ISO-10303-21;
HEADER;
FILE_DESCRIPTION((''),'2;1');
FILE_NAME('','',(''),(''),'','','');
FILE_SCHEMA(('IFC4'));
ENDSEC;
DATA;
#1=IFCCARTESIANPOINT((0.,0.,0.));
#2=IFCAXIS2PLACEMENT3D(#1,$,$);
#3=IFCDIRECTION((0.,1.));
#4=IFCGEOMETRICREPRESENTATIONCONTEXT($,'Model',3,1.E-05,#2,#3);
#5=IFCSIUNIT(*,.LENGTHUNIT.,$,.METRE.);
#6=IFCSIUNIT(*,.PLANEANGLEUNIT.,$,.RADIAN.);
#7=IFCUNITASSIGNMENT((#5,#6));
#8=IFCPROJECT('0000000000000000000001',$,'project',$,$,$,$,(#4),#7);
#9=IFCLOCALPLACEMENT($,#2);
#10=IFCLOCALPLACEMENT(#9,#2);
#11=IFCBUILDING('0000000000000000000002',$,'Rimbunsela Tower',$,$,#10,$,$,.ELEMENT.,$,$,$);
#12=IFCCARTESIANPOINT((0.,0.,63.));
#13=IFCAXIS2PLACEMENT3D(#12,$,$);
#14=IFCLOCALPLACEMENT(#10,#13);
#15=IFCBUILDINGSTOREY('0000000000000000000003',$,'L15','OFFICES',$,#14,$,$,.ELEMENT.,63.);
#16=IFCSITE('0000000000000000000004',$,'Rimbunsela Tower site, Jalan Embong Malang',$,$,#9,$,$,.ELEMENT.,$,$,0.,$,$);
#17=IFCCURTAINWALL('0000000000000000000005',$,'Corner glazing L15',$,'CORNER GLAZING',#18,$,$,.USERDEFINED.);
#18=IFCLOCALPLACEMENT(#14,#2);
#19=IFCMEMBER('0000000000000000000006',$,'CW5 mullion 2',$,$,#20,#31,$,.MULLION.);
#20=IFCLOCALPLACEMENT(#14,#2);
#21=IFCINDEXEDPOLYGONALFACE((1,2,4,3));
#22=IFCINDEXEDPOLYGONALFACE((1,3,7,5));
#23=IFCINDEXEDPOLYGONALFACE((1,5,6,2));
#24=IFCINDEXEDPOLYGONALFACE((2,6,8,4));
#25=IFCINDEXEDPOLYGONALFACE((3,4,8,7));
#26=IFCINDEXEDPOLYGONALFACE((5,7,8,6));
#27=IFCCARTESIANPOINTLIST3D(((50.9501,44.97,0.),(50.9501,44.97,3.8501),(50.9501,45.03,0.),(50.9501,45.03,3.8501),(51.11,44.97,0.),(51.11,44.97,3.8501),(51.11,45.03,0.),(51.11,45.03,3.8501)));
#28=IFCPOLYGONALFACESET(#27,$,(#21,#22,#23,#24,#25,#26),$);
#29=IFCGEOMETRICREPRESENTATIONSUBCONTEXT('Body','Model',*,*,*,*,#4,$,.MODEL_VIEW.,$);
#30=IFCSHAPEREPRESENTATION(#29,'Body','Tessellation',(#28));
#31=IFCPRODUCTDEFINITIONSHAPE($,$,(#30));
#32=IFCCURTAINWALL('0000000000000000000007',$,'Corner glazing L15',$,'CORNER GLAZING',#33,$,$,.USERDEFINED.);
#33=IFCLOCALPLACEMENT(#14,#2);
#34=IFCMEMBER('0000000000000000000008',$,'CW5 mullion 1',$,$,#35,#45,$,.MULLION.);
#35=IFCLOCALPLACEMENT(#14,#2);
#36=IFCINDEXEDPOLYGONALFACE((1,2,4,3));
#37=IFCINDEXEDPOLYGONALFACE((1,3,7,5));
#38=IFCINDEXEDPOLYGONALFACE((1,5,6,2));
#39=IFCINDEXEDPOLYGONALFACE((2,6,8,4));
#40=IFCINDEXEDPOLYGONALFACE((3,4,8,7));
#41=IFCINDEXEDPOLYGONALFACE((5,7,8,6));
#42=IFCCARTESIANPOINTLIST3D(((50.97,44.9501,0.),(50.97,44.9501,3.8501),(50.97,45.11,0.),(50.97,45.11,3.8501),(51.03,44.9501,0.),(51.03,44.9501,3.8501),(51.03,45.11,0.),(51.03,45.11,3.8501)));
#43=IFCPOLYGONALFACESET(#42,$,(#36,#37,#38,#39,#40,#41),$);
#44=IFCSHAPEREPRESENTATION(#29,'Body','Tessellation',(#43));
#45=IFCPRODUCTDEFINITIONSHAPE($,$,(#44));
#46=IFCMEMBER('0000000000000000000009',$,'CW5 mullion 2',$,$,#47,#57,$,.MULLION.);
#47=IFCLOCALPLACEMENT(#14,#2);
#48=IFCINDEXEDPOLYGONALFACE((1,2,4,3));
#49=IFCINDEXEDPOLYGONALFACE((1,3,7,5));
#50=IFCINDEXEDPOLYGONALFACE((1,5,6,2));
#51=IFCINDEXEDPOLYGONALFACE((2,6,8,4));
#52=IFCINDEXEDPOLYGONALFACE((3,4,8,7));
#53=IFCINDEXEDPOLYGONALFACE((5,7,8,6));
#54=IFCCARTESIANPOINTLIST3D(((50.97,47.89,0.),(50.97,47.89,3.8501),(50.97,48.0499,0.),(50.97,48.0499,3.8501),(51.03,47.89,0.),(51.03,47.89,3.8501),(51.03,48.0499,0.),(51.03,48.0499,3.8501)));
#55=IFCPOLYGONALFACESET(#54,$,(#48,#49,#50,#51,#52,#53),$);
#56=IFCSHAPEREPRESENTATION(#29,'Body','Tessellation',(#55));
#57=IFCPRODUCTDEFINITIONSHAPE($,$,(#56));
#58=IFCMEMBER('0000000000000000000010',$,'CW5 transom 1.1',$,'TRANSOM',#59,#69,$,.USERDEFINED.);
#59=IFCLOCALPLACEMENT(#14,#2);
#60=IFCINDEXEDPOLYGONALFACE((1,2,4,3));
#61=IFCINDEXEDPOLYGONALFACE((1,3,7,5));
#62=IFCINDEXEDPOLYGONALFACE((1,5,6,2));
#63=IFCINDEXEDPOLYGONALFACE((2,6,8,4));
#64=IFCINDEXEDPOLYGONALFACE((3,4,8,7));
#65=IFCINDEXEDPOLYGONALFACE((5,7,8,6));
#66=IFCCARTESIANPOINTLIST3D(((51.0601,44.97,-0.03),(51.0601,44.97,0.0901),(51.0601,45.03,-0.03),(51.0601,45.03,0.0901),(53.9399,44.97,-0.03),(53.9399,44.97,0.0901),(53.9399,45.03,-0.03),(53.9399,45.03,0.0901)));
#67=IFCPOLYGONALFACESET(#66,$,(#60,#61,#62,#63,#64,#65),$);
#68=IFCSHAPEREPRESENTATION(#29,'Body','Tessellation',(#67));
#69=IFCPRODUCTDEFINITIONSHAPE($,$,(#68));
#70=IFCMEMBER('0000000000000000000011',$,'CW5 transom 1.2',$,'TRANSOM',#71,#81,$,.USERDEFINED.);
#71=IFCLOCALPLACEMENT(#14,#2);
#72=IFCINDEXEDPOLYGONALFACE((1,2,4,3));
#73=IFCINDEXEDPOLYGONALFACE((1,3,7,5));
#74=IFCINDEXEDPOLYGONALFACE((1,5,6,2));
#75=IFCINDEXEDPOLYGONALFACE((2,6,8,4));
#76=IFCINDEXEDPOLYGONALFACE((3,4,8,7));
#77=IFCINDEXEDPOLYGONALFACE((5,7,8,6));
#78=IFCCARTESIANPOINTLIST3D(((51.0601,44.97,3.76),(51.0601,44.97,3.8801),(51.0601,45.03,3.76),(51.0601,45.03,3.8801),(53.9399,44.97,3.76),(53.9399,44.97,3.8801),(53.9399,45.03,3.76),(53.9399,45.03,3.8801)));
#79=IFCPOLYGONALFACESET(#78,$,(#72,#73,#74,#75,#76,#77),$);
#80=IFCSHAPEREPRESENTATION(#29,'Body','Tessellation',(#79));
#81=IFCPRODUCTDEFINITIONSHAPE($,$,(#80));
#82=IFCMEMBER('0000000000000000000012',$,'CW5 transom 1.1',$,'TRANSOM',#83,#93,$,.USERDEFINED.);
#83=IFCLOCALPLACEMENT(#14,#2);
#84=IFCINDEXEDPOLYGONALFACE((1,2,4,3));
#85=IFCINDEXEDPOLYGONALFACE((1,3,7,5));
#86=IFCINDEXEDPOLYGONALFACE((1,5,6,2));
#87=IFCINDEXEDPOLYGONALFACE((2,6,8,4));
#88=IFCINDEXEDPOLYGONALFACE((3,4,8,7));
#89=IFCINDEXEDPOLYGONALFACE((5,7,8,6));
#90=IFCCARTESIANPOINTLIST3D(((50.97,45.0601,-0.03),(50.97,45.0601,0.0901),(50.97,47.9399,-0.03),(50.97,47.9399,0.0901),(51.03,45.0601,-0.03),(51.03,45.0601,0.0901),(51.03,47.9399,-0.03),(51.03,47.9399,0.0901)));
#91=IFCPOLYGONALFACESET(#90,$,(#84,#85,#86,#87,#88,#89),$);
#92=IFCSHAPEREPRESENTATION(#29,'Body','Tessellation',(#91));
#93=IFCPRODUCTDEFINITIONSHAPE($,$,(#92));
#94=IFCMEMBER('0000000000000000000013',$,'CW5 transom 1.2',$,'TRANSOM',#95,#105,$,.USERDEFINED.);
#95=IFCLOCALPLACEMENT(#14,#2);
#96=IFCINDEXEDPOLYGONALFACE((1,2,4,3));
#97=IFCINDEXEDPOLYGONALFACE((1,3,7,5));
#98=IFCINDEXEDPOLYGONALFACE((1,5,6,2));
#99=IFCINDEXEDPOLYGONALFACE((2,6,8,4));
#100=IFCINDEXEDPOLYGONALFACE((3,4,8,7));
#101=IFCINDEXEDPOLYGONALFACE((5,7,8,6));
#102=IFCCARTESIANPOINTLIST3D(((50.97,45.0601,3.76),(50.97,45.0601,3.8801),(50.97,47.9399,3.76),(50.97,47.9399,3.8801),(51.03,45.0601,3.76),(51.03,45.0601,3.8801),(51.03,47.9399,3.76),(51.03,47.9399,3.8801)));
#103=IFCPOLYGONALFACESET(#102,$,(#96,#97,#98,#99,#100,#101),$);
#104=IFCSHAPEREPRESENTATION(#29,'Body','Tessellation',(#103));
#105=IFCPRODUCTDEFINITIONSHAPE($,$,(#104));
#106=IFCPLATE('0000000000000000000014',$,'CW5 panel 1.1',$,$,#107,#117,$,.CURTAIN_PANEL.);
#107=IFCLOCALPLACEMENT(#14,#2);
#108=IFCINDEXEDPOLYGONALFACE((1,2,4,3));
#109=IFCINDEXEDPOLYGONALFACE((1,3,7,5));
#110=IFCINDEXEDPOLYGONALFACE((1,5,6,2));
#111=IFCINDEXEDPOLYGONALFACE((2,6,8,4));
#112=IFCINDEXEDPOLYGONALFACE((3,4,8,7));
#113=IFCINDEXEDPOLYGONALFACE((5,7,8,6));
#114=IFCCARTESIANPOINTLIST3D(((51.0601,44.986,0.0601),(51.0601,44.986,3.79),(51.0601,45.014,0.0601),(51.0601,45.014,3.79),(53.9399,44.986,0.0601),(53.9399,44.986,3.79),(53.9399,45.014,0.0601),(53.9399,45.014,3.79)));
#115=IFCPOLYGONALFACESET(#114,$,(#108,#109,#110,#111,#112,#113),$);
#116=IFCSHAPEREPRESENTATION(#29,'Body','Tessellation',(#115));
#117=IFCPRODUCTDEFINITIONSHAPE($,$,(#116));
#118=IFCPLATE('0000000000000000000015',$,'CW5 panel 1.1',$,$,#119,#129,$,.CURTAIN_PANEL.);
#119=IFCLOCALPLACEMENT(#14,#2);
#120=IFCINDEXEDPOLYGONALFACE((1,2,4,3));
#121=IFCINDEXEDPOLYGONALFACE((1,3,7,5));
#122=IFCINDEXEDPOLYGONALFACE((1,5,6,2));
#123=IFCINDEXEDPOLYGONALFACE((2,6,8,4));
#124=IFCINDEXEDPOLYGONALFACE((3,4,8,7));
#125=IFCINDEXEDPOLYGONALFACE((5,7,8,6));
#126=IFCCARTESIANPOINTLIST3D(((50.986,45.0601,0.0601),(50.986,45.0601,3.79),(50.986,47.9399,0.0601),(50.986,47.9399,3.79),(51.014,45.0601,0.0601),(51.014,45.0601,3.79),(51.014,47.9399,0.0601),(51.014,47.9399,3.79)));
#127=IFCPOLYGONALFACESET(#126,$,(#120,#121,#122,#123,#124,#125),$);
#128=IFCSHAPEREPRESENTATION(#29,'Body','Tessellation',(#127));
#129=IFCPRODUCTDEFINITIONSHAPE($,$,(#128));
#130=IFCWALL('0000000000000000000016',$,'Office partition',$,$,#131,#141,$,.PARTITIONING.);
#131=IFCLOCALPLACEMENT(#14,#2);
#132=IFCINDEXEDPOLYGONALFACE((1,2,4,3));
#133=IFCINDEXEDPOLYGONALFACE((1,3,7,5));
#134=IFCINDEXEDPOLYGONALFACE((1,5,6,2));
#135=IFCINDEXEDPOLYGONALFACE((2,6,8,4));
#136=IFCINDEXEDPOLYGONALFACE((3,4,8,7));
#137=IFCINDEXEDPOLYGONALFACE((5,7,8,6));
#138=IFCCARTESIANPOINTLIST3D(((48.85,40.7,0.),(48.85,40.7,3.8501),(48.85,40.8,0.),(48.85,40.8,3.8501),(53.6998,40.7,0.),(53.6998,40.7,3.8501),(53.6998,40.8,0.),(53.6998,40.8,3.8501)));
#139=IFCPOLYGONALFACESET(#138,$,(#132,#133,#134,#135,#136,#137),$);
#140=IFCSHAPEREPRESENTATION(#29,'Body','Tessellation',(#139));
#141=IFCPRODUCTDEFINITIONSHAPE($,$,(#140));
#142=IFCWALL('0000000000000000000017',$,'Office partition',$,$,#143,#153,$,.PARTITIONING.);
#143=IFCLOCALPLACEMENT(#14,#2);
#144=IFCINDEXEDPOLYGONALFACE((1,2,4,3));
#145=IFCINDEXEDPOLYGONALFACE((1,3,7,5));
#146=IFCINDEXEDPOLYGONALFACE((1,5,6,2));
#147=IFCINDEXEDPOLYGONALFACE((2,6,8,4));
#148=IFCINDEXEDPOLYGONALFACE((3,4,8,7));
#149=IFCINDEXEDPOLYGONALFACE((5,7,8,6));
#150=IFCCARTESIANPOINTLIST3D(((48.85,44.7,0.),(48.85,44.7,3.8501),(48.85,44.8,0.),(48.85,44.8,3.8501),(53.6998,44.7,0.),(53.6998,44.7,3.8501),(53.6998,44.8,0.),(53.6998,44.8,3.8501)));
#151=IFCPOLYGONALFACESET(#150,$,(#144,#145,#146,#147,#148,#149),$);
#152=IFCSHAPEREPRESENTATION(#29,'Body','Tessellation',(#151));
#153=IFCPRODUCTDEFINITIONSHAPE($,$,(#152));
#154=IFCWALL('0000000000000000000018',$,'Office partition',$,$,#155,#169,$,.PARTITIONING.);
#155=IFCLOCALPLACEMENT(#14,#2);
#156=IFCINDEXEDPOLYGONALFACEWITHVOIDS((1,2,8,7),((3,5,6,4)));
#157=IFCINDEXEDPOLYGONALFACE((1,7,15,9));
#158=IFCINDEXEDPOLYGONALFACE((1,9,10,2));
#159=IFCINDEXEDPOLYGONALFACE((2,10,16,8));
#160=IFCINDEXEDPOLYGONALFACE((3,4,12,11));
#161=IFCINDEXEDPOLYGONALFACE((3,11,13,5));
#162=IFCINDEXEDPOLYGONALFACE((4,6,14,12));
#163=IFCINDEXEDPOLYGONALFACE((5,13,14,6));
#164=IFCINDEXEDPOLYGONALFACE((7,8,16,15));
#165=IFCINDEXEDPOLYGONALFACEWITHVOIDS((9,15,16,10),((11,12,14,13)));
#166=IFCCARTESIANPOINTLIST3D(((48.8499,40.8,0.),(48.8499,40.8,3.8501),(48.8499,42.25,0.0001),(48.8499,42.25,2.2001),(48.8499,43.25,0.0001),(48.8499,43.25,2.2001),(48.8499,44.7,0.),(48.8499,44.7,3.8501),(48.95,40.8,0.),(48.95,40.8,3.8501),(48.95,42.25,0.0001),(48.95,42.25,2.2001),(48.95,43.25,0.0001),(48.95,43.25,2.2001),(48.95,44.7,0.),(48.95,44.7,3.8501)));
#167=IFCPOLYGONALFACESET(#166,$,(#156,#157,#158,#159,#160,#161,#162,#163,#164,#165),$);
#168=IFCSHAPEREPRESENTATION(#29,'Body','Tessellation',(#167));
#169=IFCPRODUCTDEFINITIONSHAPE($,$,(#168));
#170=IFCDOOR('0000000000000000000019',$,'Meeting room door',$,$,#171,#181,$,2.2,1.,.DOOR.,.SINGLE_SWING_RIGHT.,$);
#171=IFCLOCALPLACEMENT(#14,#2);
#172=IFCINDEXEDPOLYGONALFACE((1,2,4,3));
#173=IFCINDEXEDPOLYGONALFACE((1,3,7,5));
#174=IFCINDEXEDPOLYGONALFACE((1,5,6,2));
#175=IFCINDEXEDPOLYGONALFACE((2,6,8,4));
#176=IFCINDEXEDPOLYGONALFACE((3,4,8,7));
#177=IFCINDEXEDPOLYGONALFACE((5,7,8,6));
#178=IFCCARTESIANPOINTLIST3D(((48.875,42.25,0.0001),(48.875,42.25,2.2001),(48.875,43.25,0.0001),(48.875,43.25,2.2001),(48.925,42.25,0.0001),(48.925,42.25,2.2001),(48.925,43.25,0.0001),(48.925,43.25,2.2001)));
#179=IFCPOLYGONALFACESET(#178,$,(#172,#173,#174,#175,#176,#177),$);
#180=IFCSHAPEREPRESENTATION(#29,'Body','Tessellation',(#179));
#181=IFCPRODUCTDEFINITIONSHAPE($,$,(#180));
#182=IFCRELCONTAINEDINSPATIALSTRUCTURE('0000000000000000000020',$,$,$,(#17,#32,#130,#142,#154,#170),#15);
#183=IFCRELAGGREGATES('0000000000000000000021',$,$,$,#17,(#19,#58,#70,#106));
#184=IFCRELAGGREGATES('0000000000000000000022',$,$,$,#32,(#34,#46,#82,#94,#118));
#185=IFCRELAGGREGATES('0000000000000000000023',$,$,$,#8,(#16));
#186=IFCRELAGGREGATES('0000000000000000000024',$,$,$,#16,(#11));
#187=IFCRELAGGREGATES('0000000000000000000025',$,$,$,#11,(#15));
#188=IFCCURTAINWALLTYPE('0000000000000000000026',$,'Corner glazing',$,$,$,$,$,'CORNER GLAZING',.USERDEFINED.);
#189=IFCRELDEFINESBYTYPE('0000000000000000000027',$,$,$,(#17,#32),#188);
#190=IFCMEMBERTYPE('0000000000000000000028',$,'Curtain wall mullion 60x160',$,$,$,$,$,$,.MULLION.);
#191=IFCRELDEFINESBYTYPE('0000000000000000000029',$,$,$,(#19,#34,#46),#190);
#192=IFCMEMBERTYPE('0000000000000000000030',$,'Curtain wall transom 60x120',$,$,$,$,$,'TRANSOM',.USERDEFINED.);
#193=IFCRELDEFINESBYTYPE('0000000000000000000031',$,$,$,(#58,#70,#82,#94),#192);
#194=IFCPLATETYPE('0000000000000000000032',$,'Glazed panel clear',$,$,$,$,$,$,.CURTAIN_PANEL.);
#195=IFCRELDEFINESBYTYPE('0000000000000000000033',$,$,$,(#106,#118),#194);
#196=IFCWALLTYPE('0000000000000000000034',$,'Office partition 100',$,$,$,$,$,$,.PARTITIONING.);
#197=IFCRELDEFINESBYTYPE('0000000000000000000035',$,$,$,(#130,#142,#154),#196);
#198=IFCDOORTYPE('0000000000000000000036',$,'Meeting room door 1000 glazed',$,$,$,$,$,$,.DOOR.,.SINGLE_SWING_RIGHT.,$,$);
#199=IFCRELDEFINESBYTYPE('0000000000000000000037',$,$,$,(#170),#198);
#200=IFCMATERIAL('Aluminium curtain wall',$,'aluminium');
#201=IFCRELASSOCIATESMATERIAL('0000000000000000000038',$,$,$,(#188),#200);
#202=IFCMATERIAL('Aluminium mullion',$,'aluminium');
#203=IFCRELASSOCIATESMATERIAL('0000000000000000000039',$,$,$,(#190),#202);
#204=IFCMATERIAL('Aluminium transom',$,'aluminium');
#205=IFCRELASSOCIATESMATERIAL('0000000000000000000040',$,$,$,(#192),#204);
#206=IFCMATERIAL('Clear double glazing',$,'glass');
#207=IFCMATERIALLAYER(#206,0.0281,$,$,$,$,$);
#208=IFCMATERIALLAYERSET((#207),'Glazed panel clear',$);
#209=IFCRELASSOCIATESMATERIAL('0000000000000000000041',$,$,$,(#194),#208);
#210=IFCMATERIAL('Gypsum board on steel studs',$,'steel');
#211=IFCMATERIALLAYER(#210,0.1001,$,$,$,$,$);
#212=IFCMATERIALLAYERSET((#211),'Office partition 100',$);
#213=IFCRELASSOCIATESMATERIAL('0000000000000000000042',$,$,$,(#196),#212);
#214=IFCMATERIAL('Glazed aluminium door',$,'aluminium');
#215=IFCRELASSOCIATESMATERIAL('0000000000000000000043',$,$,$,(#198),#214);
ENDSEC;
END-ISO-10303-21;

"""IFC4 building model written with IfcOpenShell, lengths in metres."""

from ifc_helpers import new_model, si_unit, direction, frame, frame_2d, origin, origin_2d, place, context, subcontext, project, spatial, rectangle, extrude, material, layer, layer_set, material_profile, profile_set, type_object, element, fill, aggregate, save


model = new_model("IFC4")

# Units and contexts
model_context = context("Model", 3, precision=1e-05, world=origin(), true_north=direction((0.0, 1.0)))
body_context = subcontext(model_context, "Body", "Model", "MODEL_VIEW")
ifc_project = project(units=[si_unit("LENGTHUNIT", "METRE"), si_unit("PLANEANGLEUNIT", "RADIAN")], contexts=[model_context])

# Site, building, storey
site_placement = place(None, origin())
site = spatial("IfcSite", under=ifc_project, at=site_placement, Name="Rimbunsela Tower site, Jalan Embong Malang", CompositionType="ELEMENT", RefElevation=0.0)
building_placement = place(site_placement, origin())
building = spatial("IfcBuilding", under=site, at=building_placement, Name="Rimbunsela Tower", CompositionType="ELEMENT")
storey_placement = place(building_placement, frame((0.0, 0.0, 63.0)))
storey = spatial("IfcBuildingStorey", under=building, at=storey_placement, Name="L15", Description="OFFICES", CompositionType="ELEMENT", Elevation=63.0)

# Curtain walls, members
ifc_material_1 = material(Name="Aluminium curtain wall", Category="aluminium")
curtain_wall_type = type_object("IfcCurtainWallType", Name="Corner glazing", ElementType="CORNER GLAZING", PredefinedType="USERDEFINED", material=ifc_material_1)
curtain_wall_1_placement = place(storey_placement, origin())
curtain_wall_1 = element("IfcCurtainWall", 1, at=curtain_wall_1_placement, inside=storey, type_object=curtain_wall_type, Name="Corner glazing L15", ObjectType="CORNER GLAZING", PredefinedType="USERDEFINED")
ifc_material_2 = material(Name="Aluminium mullion", Category="aluminium")
ifc_material_profile_1 = material_profile(ifc_material_2, rectangle(XDim=0.0601, YDim=0.1599, at=origin_2d()), Name="Mullion 60x160")
ifc_profile_set_1 = profile_set([ifc_material_profile_1], Name="Aluminium mullion")
member_type_1 = type_object("IfcMemberType", Name="Curtain wall mullion 60x160", PredefinedType="MULLION", material=ifc_profile_set_1)
member_1_placement = place(storey_placement, frame((51.03, 45.0, 0.0), z_axis=(0.0, 0.0, 1.0), x_axis=(0.0, -1.0, 0.0)))
member_1 = element("IfcMember", 2, at=member_1_placement, type_object=member_type_1, Name="CW5 mullion 2", PredefinedType="MULLION", context=body_context, shape_type="SweptSolid", body=[
    extrude(rectangle(XDim=0.0601, YDim=0.1599, at=origin_2d()), origin(), (0.0, 0.0, 1.0), 3.8501),
])
curtain_wall_2_placement = place(storey_placement, origin())
curtain_wall_2 = element("IfcCurtainWall", 3, at=curtain_wall_2_placement, inside=storey, type_object=curtain_wall_type, Name="Corner glazing L15", ObjectType="CORNER GLAZING", PredefinedType="USERDEFINED")
member_2_placement = place(storey_placement, frame((51.0, 45.03, 0.0), z_axis=(0.0, 0.0, 1.0), x_axis=(-1.0, 0.0, 0.0)))
member_2 = element("IfcMember", 4, at=member_2_placement, type_object=member_type_1, Name="CW5 mullion 1", PredefinedType="MULLION", context=body_context, shape_type="SweptSolid", body=[
    extrude(rectangle(XDim=0.0601, YDim=0.1599, at=origin_2d()), origin(), (0.0, 0.0, 1.0), 3.8501),
])
member_3_placement = place(storey_placement, frame((51.0, 47.97, 0.0), z_axis=(0.0, 0.0, 1.0), x_axis=(-1.0, 0.0, 0.0)))
member_3 = element("IfcMember", 5, at=member_3_placement, type_object=member_type_1, Name="CW5 mullion 2", PredefinedType="MULLION", context=body_context, shape_type="SweptSolid", body=[
    extrude(rectangle(XDim=0.0601, YDim=0.1599, at=origin_2d()), origin(), (0.0, 0.0, 1.0), 3.8501),
])

# Members
ifc_material_3 = material(Name="Aluminium transom", Category="aluminium")
ifc_material_profile_2 = material_profile(ifc_material_3, rectangle(XDim=0.0601, YDim=0.1201, at=origin_2d()), Name="Transom 60x120")
ifc_profile_set_2 = profile_set([ifc_material_profile_2], Name="Aluminium transom")
member_type_2 = type_object("IfcMemberType", Name="Curtain wall transom 60x120", ElementType="TRANSOM", PredefinedType="USERDEFINED", material=ifc_profile_set_2)
member_4_placement = place(storey_placement, frame((53.9399, 45.0, 0.03), z_axis=(-1.0, 0.0, 0.0), x_axis=(0.0, -1.0, 0.0)))
member_4 = element("IfcMember", 6, at=member_4_placement, type_object=member_type_2, Name="CW5 transom 1.1", ObjectType="TRANSOM", PredefinedType="USERDEFINED", context=body_context, shape_type="SweptSolid", body=[
    extrude(rectangle(XDim=0.0601, YDim=0.1201, at=origin_2d()), origin(), (0.0, 0.0, 1.0), 2.8799),
])
member_5_placement = place(storey_placement, frame((53.9399, 45.0, 3.8201), z_axis=(-1.0, 0.0, 0.0), x_axis=(0.0, -1.0, 0.0)))
member_5 = element("IfcMember", 7, at=member_5_placement, type_object=member_type_2, Name="CW5 transom 1.2", ObjectType="TRANSOM", PredefinedType="USERDEFINED", context=body_context, shape_type="SweptSolid", body=[
    extrude(rectangle(XDim=0.0601, YDim=0.1201, at=origin_2d()), origin(), (0.0, 0.0, 1.0), 2.8799),
])
member_6_placement = place(storey_placement, frame((51.0, 45.0601, 0.03), z_axis=(0.0, 1.0, 0.0), x_axis=(-1.0, 0.0, 0.0)))
member_6 = element("IfcMember", 8, at=member_6_placement, type_object=member_type_2, Name="CW5 transom 1.1", ObjectType="TRANSOM", PredefinedType="USERDEFINED", context=body_context, shape_type="SweptSolid", body=[
    extrude(rectangle(XDim=0.0601, YDim=0.1201, at=origin_2d()), origin(), (0.0, 0.0, 1.0), 2.8799),
])
member_7_placement = place(storey_placement, frame((51.0, 45.0601, 3.8201), z_axis=(0.0, 1.0, 0.0), x_axis=(-1.0, 0.0, 0.0)))
member_7 = element("IfcMember", 9, at=member_7_placement, type_object=member_type_2, Name="CW5 transom 1.2", ObjectType="TRANSOM", PredefinedType="USERDEFINED", context=body_context, shape_type="SweptSolid", body=[
    extrude(rectangle(XDim=0.0601, YDim=0.1201, at=origin_2d()), origin(), (0.0, 0.0, 1.0), 2.8799),
])

# Plates
ifc_material_4 = material(Name="Clear double glazing", Category="glass")
ifc_layer_1 = layer(ifc_material_4, 0.0281)
ifc_layer_set_1 = layer_set([ifc_layer_1], Name="Glazed panel clear")
plate_type = type_object("IfcPlateType", Name="Glazed panel clear", PredefinedType="CURTAIN_PANEL", material=ifc_layer_set_1)
plate_1_placement = place(storey_placement, frame((52.5, 45.0, 0.0601), z_axis=(0.0, 0.0, 1.0), x_axis=(-1.0, 0.0, 0.0)))
plate_1 = element("IfcPlate", 10, at=plate_1_placement, type_object=plate_type, Name="CW5 panel 1.1", PredefinedType="CURTAIN_PANEL", context=body_context, shape_type="SweptSolid", body=[
    extrude(rectangle(XDim=2.8799, YDim=0.0281, at=origin_2d()), origin(), (0.0, 0.0, 1.0), 3.73),
])
aggregate(curtain_wall_1, [member_1, member_4, member_5, plate_1])
plate_2_placement = place(storey_placement, frame((51.0, 46.5, 0.0601), z_axis=(0.0, 0.0, 1.0), x_axis=(0.0, 1.0, 0.0)))
plate_2 = element("IfcPlate", 11, at=plate_2_placement, type_object=plate_type, Name="CW5 panel 1.1", PredefinedType="CURTAIN_PANEL", context=body_context, shape_type="SweptSolid", body=[
    extrude(rectangle(XDim=2.8799, YDim=0.0281, at=origin_2d()), origin(), (0.0, 0.0, 1.0), 3.73),
])
aggregate(curtain_wall_2, [member_2, member_3, member_6, member_7, plate_2])

# Walls
ifc_material_5 = material(Name="Gypsum board on steel studs", Category="steel")
ifc_layer_2 = layer(ifc_material_5, 0.1001)
ifc_layer_set_2 = layer_set([ifc_layer_2], Name="Office partition 100")
wall_type_1 = type_object("IfcWallType", Name="Office partition 100", PredefinedType="PARTITIONING", material=ifc_layer_set_2)
for number, where, z_axis, x_axis, name in (
    (12, (48.8501, 40.75, 0.0), (0.0, 0.0, 1.0), (1.0, 0.0, 0.0), "Office partition"),
    (13, (48.8501, 44.75, 0.0), (0.0, 0.0, 1.0), (1.0, 0.0, 0.0), "Office partition"),
):
    element("IfcWall", number, at=place(storey_placement, frame(where, z_axis=z_axis, x_axis=x_axis)), inside=storey, type_object=wall_type_1, Name=name, PredefinedType="PARTITIONING", context=body_context, shape_type="SweptSolid", body=[
        extrude(rectangle(XDim=4.8499, YDim=0.1001, at=frame_2d((2.4248, 0.0))), origin(), (0.0, 0.0, 1.0), 3.8501),
    ])

# Wall, opening, door
wall_1_placement = place(storey_placement, frame((48.8999, 40.8, 0.0), z_axis=(0.0, 0.0, 1.0), x_axis=(0.0, 1.0, 0.0)))
wall_1 = element("IfcWall", 14, at=wall_1_placement, inside=storey, type_object=wall_type_1, Name="Office partition", PredefinedType="PARTITIONING", context=body_context, shape_type="SweptSolid", body=[
    extrude(rectangle(XDim=3.8999, YDim=0.1001, at=frame_2d((1.95, 0.0))), origin(), (0.0, 0.0, 1.0), 3.8501),
])
opening_1_placement = place(wall_1_placement, frame((1.45, 0.0, 0.0)))
opening_1 = element("IfcOpeningElement", 15, at=opening_1_placement, cuts=wall_1, PredefinedType="OPENING", context=body_context, shape_type="SweptSolid", body=[
    extrude(rectangle(XDim=1.0, YDim=2.2, at=frame_2d((0.5, 1.1001))), frame((0.0, 0.0601, 0.0), z_axis=(0.0, -1.0, 0.0), x_axis=(1.0, 0.0, 0.0)), (0.0, 0.0, 1.0), 0.1201),
])
ifc_material_6 = material(Name="Glazed aluminium door", Category="aluminium")
door_type = type_object("IfcDoorType", Name="Meeting room door 1000 glazed", OperationType="SINGLE_SWING_RIGHT", PredefinedType="DOOR", material=ifc_material_6)
door_placement = place(opening_1_placement, origin())
door = element("IfcDoor", 16, at=door_placement, inside=storey, type_object=door_type, Name="Meeting room door", OperationType="SINGLE_SWING_RIGHT", OverallHeight=2.2, OverallWidth=1.0, PredefinedType="DOOR", context=body_context, shape_type="SweptSolid", body=[
    extrude(rectangle(XDim=1.0, YDim=2.2, at=frame_2d((0.5, 1.1001))), frame((0.0, 0.0249, 0.0), z_axis=(0.0, -1.0, 0.0), x_axis=(1.0, 0.0, 0.0)), (0.0, 0.0, 1.0), 0.05),
])
fill(opening_1, door)

save(model, "model.ifc")
